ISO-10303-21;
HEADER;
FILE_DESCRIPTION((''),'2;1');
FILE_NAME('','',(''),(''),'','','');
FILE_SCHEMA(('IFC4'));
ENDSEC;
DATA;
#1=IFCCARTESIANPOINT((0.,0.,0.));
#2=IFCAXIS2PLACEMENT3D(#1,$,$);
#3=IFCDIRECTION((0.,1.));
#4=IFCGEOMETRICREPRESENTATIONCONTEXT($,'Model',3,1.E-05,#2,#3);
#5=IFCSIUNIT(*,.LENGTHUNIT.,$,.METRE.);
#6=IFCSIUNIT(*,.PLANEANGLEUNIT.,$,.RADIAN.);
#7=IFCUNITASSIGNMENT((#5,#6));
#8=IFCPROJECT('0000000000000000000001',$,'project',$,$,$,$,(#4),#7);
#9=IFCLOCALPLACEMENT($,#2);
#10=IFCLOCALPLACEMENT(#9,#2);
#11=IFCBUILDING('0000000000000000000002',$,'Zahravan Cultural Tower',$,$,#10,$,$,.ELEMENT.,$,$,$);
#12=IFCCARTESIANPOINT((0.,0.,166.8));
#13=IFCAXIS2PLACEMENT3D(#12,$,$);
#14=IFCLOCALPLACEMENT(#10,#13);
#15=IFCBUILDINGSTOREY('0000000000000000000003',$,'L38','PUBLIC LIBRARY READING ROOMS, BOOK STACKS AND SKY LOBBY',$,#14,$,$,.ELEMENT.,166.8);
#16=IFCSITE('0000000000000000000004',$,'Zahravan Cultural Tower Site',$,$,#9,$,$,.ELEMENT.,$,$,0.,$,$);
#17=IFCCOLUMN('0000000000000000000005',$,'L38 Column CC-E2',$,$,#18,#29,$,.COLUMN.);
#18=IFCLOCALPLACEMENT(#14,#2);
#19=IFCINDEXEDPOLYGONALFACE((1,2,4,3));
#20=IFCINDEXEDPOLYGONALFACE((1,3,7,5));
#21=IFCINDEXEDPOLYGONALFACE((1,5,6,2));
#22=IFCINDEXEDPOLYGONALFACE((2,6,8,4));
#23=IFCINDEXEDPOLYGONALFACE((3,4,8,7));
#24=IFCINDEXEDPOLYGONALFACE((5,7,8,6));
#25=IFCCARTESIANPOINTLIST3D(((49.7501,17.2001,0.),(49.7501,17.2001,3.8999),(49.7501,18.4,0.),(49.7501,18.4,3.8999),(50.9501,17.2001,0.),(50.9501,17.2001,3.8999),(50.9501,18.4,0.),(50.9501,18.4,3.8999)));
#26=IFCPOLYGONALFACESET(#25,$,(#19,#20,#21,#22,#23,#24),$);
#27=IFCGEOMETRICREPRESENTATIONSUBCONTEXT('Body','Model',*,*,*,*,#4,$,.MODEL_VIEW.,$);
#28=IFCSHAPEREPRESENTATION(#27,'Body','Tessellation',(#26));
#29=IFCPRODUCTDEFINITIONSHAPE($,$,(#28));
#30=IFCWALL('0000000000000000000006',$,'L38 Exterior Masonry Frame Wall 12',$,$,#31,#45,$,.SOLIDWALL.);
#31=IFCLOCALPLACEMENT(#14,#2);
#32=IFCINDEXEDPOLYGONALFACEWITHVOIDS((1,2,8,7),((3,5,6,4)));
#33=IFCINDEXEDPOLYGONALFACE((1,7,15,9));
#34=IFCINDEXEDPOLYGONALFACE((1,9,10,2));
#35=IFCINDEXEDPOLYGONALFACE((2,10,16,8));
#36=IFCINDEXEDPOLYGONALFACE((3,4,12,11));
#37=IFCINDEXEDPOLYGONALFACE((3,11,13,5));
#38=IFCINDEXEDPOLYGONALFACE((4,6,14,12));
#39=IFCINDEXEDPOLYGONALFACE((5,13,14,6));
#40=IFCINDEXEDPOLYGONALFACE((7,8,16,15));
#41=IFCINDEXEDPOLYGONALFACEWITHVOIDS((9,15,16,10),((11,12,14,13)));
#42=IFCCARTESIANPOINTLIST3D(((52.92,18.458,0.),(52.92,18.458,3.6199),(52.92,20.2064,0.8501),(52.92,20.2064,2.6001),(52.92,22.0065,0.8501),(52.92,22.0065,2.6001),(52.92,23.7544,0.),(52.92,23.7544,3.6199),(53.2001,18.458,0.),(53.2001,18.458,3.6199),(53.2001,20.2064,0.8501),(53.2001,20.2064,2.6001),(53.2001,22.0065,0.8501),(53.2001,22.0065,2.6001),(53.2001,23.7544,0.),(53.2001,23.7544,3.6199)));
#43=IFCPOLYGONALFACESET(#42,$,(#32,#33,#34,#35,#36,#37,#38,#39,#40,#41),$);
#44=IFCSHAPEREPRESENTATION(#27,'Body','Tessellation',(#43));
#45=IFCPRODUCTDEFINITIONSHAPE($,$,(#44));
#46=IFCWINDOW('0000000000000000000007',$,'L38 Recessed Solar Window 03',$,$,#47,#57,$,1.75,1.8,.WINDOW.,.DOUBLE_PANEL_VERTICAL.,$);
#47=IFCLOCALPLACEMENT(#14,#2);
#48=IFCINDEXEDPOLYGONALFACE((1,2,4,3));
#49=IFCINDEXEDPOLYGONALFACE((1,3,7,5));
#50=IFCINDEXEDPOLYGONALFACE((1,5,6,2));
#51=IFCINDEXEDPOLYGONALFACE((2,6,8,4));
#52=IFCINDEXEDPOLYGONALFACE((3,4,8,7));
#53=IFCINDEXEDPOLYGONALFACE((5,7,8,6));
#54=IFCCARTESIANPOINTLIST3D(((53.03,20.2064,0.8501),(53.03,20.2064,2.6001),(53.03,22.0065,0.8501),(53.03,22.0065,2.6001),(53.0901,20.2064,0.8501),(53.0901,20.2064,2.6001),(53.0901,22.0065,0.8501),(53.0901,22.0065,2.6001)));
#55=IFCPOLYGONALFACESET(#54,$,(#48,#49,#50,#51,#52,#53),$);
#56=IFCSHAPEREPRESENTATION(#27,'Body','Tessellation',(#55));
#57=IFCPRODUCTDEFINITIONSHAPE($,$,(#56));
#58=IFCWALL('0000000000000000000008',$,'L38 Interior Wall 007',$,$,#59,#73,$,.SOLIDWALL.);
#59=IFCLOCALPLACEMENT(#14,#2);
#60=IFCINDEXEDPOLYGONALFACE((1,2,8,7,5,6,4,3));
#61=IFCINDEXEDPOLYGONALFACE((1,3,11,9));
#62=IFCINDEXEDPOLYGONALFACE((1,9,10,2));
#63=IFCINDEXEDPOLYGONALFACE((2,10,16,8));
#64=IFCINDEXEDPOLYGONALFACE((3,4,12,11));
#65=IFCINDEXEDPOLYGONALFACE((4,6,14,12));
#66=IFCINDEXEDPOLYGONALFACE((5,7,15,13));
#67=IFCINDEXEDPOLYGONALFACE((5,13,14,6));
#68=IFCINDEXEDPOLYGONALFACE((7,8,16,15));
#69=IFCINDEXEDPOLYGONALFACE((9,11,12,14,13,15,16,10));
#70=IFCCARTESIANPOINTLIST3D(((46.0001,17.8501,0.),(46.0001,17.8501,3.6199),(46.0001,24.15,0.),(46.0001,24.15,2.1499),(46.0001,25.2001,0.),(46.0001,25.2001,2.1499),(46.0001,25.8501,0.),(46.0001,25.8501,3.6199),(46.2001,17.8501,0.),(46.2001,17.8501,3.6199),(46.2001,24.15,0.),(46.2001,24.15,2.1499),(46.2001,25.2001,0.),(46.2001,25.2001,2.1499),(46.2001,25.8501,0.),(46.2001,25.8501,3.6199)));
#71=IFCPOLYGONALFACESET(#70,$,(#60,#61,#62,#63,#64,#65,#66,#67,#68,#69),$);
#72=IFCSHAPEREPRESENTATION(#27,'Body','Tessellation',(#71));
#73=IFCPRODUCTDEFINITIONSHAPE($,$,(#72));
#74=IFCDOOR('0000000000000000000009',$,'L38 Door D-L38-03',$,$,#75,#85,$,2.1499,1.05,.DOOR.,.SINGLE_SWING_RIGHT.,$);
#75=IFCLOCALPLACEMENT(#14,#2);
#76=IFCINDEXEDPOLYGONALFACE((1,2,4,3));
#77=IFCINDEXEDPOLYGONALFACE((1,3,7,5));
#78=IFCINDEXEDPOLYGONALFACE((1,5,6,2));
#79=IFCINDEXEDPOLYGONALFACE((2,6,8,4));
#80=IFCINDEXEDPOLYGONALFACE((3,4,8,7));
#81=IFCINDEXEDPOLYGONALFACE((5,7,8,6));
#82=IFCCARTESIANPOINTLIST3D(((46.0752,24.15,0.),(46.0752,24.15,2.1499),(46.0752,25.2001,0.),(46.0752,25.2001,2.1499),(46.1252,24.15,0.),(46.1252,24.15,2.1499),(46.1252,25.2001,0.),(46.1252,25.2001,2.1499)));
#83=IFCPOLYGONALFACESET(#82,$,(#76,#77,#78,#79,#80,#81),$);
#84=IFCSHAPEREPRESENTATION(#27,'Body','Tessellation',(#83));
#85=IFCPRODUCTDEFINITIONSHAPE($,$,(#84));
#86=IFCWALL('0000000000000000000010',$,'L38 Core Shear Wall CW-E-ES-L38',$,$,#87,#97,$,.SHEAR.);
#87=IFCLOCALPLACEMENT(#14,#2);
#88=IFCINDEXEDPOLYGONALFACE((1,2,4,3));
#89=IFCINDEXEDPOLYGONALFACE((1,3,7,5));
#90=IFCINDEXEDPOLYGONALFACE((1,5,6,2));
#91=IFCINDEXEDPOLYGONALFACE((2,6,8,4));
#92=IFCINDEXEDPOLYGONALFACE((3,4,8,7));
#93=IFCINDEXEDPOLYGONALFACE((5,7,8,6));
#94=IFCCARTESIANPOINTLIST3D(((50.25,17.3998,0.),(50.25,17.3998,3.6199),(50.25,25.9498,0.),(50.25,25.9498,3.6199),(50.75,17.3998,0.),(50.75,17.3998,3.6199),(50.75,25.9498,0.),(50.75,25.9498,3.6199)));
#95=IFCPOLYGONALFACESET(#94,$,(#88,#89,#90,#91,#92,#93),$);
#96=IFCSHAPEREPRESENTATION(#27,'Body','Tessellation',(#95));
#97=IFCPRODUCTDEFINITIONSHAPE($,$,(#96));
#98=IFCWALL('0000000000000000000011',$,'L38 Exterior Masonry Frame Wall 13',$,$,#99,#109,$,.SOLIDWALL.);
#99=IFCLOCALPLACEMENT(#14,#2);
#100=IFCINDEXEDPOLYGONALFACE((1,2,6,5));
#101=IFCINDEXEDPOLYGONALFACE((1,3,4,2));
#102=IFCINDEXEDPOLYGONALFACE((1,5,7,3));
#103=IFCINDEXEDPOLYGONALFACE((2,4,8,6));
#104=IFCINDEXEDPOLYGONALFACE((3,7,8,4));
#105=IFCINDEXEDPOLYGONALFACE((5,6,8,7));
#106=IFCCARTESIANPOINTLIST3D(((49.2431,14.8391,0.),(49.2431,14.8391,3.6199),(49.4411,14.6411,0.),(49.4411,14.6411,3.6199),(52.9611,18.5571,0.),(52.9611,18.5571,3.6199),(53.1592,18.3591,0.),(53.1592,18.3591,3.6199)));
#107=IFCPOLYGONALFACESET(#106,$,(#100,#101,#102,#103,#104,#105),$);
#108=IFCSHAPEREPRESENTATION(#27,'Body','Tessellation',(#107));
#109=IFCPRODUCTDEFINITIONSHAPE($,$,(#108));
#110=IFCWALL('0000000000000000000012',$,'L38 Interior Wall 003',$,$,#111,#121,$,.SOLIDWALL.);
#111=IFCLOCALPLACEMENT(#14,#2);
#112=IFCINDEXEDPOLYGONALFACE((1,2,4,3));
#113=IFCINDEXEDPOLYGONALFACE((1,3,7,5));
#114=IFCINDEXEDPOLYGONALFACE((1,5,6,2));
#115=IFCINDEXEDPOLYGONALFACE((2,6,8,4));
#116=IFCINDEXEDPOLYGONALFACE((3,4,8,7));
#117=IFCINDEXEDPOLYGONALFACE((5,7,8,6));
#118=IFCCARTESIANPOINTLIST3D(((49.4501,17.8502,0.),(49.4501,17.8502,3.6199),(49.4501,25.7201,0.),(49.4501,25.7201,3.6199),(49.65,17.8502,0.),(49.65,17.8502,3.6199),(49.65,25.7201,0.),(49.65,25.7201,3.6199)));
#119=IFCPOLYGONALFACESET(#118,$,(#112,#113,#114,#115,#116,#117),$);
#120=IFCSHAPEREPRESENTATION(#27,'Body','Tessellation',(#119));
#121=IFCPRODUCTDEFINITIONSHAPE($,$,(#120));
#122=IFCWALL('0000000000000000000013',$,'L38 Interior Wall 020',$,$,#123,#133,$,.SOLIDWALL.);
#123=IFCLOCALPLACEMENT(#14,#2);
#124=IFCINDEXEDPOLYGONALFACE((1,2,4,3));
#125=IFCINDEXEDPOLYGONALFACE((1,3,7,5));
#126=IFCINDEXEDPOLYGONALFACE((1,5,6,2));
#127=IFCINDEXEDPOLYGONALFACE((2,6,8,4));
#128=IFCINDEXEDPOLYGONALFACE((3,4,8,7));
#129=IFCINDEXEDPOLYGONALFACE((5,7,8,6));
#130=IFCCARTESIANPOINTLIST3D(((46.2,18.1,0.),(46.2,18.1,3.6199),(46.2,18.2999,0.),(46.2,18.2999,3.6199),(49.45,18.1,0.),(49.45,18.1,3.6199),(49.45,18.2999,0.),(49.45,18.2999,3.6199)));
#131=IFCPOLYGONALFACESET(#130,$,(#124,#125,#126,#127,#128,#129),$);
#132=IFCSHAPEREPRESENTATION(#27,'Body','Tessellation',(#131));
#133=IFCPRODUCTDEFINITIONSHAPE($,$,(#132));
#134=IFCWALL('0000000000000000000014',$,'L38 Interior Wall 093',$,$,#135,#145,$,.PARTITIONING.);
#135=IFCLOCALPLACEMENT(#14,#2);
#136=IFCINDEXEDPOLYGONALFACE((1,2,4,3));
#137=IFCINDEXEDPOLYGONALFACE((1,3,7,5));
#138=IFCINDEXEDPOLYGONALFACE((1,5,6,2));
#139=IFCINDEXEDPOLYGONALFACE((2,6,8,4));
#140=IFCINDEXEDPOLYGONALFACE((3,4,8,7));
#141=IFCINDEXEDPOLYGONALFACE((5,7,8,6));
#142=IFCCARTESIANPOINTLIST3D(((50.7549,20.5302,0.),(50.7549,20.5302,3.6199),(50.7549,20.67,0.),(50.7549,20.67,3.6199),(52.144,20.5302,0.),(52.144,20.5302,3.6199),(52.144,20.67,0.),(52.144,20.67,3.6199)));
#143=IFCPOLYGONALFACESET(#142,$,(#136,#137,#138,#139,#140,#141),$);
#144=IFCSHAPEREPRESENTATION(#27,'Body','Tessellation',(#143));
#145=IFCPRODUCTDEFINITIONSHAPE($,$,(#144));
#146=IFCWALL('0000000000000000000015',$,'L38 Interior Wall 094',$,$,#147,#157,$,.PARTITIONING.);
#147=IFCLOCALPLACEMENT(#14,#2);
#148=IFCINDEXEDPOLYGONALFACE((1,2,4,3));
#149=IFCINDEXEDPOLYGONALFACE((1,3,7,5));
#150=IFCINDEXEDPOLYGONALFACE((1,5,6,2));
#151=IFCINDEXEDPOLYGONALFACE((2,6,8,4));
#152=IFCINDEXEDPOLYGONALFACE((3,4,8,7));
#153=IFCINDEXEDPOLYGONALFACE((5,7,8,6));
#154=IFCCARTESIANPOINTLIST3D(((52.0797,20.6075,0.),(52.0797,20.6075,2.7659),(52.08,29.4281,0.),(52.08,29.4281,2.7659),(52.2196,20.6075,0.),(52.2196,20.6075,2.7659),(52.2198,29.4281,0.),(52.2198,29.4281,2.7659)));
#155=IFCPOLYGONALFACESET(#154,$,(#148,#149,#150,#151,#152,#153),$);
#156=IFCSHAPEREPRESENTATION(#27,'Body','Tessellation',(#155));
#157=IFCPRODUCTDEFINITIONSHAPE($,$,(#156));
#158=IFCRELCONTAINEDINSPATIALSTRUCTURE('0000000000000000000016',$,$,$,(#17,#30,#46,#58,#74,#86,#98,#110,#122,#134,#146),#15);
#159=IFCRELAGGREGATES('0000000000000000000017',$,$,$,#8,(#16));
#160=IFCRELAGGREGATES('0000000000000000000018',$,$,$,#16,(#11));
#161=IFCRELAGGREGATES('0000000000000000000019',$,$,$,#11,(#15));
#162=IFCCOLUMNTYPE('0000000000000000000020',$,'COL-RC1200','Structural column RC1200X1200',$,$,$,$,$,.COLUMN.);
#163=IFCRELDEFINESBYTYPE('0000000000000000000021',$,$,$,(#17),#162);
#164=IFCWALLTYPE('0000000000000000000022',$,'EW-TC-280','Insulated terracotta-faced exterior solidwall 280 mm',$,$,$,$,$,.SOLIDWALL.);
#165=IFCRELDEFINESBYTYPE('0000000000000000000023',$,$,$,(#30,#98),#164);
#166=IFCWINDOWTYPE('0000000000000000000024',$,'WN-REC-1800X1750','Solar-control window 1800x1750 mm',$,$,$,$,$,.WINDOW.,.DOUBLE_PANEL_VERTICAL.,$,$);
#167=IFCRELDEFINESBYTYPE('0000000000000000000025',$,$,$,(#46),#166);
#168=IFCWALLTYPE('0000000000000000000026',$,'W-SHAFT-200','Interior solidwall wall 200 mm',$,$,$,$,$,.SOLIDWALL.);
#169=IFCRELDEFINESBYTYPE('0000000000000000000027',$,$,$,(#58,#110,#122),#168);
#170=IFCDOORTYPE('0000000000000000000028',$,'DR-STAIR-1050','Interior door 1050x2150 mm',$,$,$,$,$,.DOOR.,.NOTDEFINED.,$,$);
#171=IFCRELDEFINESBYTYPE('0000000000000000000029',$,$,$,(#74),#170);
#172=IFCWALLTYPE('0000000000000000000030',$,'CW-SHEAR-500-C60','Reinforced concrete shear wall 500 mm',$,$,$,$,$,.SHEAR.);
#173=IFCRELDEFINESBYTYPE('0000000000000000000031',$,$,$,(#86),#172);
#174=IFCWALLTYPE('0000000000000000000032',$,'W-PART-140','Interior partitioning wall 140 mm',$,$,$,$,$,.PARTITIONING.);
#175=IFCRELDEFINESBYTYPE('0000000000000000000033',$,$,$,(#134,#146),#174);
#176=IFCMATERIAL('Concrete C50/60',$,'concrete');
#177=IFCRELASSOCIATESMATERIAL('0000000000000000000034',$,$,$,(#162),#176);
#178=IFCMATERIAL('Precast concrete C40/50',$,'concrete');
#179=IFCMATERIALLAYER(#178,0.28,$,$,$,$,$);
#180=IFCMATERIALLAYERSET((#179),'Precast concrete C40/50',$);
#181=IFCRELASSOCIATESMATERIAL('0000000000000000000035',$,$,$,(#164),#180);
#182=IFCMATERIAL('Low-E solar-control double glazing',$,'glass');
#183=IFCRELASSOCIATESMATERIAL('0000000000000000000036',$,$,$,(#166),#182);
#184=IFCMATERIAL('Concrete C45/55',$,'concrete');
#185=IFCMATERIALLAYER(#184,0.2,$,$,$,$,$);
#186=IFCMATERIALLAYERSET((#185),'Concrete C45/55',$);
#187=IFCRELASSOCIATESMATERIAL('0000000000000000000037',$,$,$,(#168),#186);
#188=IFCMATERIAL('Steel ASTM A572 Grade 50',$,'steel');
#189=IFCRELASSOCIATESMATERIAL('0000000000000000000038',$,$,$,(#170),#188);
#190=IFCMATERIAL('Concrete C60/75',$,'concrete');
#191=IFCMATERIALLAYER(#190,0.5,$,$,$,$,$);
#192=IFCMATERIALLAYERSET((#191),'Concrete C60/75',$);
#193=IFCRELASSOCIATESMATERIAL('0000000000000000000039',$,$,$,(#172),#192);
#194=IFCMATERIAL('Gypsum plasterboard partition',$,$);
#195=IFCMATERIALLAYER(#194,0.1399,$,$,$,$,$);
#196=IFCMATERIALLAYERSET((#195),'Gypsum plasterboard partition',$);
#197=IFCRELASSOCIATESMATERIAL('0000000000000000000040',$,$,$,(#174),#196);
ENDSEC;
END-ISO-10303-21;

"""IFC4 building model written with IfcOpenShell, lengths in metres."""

from ifc_helpers import new_model, si_unit, direction, frame, frame_2d, origin, origin_2d, place, context, subcontext, project, spatial, rectangle, extrude, source, transform, mapped, material, layer, layer_set, material_profile, profile_set, type_object, element, fill, save


model = new_model("IFC4")

# Units and contexts
model_context = context("Model", 3, precision=1e-05, world=origin(), true_north=direction((0.0, 1.0)))
body_context = subcontext(model_context, "Body", "Model", "MODEL_VIEW")
ifc_project = project(units=[si_unit("LENGTHUNIT", "METRE"), si_unit("PLANEANGLEUNIT", "RADIAN")], contexts=[model_context])

# Site, building, storey
site_placement = place(None, origin())
site = spatial("IfcSite", under=ifc_project, at=site_placement, Name="Zahravan Cultural Tower Site", CompositionType="ELEMENT", RefElevation=0.0)
building_placement = place(site_placement, origin())
building = spatial("IfcBuilding", under=site, at=building_placement, Name="Zahravan Cultural Tower", CompositionType="ELEMENT")
storey_placement = place(building_placement, frame((0.0, 0.0, 166.8)))
storey = spatial("IfcBuildingStorey", under=building, at=storey_placement, Name="L38", Description="PUBLIC LIBRARY READING ROOMS, BOOK STACKS AND SKY LOBBY", CompositionType="ELEMENT", Elevation=166.8)

# Column
ifc_material_1 = material(Name="Concrete C50/60", Category="concrete")
ifc_material_profile = material_profile(ifc_material_1, rectangle(XDim=1.2, YDim=1.2, at=origin_2d()), Name="RC1200X1200")
ifc_profile_set = profile_set([ifc_material_profile], Name="Concrete C50/60")
column_type = type_object("IfcColumnType", Name="COL-RC1200", Description="Structural column RC1200X1200", PredefinedType="COLUMN", material=ifc_profile_set)
shared_shape_1 = source(origin(), body_context, "Body", "SweptSolid", [
    extrude(rectangle(XDim=1.2, YDim=1.2, at=origin_2d()), origin(), (0.0, 0.0, 1.0), 3.8999),
])
column_placement = place(storey_placement, frame((50.3501, 17.8, 0.0), z_axis=(0.0, 0.0, 1.0), x_axis=(1.0, 0.0, 0.0)))
element("IfcColumn", 1, at=column_placement, inside=storey, type_object=column_type, Name="L38 Column CC-E2", PredefinedType="COLUMN", context=body_context, shape_type="MappedRepresentation", body=[
    mapped(shared_shape_1, transform((0.0, 0.0, 0.0), x_axis=(1.0, 0.0, 0.0), y_axis=(0.0, 1.0, 0.0), z_axis=(0.0, 0.0, 1.0), scale=1.0)),
])

# Wall, opening, window
ifc_material_2 = material(Name="Precast concrete C40/50", Category="concrete")
ifc_layer_1 = layer(ifc_material_2, 0.28)
ifc_layer_set_1 = layer_set([ifc_layer_1], Name="Precast concrete C40/50")
wall_type_1 = type_object("IfcWallType", Name="EW-TC-280", Description="Insulated terracotta-faced exterior solidwall 280 mm", PredefinedType="SOLIDWALL", material=ifc_layer_set_1)
wall_1_placement = place(storey_placement, frame((53.0601, 23.7544, 0.0), z_axis=(0.0, 0.0, 1.0), x_axis=(0.0, -1.0, 0.0)))
wall_1 = element("IfcWall", 2, at=wall_1_placement, inside=storey, type_object=wall_type_1, Name="L38 Exterior Masonry Frame Wall 12", PredefinedType="SOLIDWALL", context=body_context, shape_type="SweptSolid", body=[
    extrude(rectangle(XDim=5.2964, YDim=0.28, at=frame_2d((2.6482, 0.0))), origin(), (0.0, 0.0, 1.0), 3.6199),
])
opening_1_placement = place(wall_1_placement, frame((1.748, 0.0, 0.8501)))
opening_1 = element("IfcOpeningElement", 3, at=opening_1_placement, cuts=wall_1, PredefinedType="OPENING", context=body_context, shape_type="SweptSolid", body=[
    extrude(rectangle(XDim=1.8, YDim=1.75, at=frame_2d((0.8999, 0.875))), frame((0.0, 0.1499, 0.0), z_axis=(0.0, -1.0, 0.0), x_axis=(1.0, 0.0, 0.0)), (0.0, 0.0, 1.0), 0.3),
])
ifc_material_3 = material(Name="Low-E solar-control double glazing", Category="glass")
window_type = type_object("IfcWindowType", Name="WN-REC-1800X1750", Description="Solar-control window 1800x1750 mm", PartitioningType="DOUBLE_PANEL_VERTICAL", PredefinedType="WINDOW", material=ifc_material_3)
shared_shape_2 = source(origin(), body_context, "Body", "SweptSolid", [
    extrude(rectangle(XDim=1.8, YDim=1.75, at=frame_2d((0.8999, 0.875))), frame((0.0, 0.03, 0.0), z_axis=(0.0, -1.0, 0.0), x_axis=(1.0, 0.0, 0.0)), (0.0, 0.0, 1.0), 0.0601),
])
window_placement = place(opening_1_placement, origin())
window = element("IfcWindow", 4, at=window_placement, inside=storey, type_object=window_type, Name="L38 Recessed Solar Window 03", OverallHeight=1.75, OverallWidth=1.8, PartitioningType="DOUBLE_PANEL_VERTICAL", PredefinedType="WINDOW", context=body_context, shape_type="MappedRepresentation", body=[
    mapped(shared_shape_2, transform((0.0, 0.0, 0.0), x_axis=(1.0, 0.0, 0.0), y_axis=(0.0, 1.0, 0.0), z_axis=(0.0, 0.0, 1.0), scale=1.0)),
])
fill(opening_1, window)

# Wall, opening, door
ifc_material_4 = material(Name="Concrete C45/55", Category="concrete")
ifc_layer_2 = layer(ifc_material_4, 0.2)
ifc_layer_set_2 = layer_set([ifc_layer_2], Name="Concrete C45/55")
wall_type_2 = type_object("IfcWallType", Name="W-SHAFT-200", Description="Interior solidwall wall 200 mm", PredefinedType="SOLIDWALL", material=ifc_layer_set_2)
wall_2_placement = place(storey_placement, frame((46.1001, 17.8501, 0.0), z_axis=(0.0, 0.0, 1.0), x_axis=(0.0, 1.0, 0.0)))
wall_2 = element("IfcWall", 5, at=wall_2_placement, inside=storey, type_object=wall_type_2, Name="L38 Interior Wall 007", PredefinedType="SOLIDWALL", context=body_context, shape_type="SweptSolid", body=[
    extrude(rectangle(XDim=8.0, YDim=0.2, at=frame_2d((4.0, 0.0))), origin(), (0.0, 0.0, 1.0), 3.6199),
])
opening_2_placement = place(wall_2_placement, frame((6.3, 0.0, 0.0)))
opening_2 = element("IfcOpeningElement", 6, at=opening_2_placement, cuts=wall_2, PredefinedType="OPENING", context=body_context, shape_type="SweptSolid", body=[
    extrude(rectangle(XDim=1.05, YDim=2.1499, at=frame_2d((0.5249, 1.075))), frame((0.0, 0.1099, 0.0), z_axis=(0.0, -1.0, 0.0), x_axis=(1.0, 0.0, 0.0)), (0.0, 0.0, 1.0), 0.22),
])
ifc_material_5 = material(Name="Steel ASTM A572 Grade 50", Category="steel")
door_type = type_object("IfcDoorType", Name="DR-STAIR-1050", Description="Interior door 1050x2150 mm", OperationType="NOTDEFINED", PredefinedType="DOOR", material=ifc_material_5)
shared_shape_3 = source(origin(), body_context, "Body", "SweptSolid", [
    extrude(rectangle(XDim=1.05, YDim=2.1499, at=frame_2d((0.5249, 1.075))), frame((0.0, 0.0249, 0.0), z_axis=(0.0, -1.0, 0.0), x_axis=(1.0, 0.0, 0.0)), (0.0, 0.0, 1.0), 0.05),
])
door_placement = place(opening_2_placement, origin())
door = element("IfcDoor", 7, at=door_placement, inside=storey, type_object=door_type, Name="L38 Door D-L38-03", OperationType="SINGLE_SWING_RIGHT", OverallHeight=2.1499, OverallWidth=1.05, PredefinedType="DOOR", context=body_context, shape_type="MappedRepresentation", body=[
    mapped(shared_shape_3, transform((0.0, 0.0, 0.0), x_axis=(1.0, 0.0, 0.0), y_axis=(0.0, 1.0, 0.0), z_axis=(0.0, 0.0, 1.0), scale=1.0)),
])
fill(opening_2, door)

# Walls
ifc_material_6 = material(Name="Concrete C60/75", Category="concrete")
ifc_layer_3 = layer(ifc_material_6, 0.5)
ifc_layer_set_3 = layer_set([ifc_layer_3], Name="Concrete C60/75")
wall_type_3 = type_object("IfcWallType", Name="CW-SHEAR-500-C60", Description="Reinforced concrete shear wall 500 mm", PredefinedType="SHEAR", material=ifc_layer_set_3)
shared_shape_4 = source(origin(), body_context, "Body", "SweptSolid", [
    extrude(rectangle(XDim=8.55, YDim=0.5, at=frame_2d((4.2749, 0.0))), origin(), (0.0, 0.0, 1.0), 3.6199),
])
wall_3_placement = place(storey_placement, frame((50.5, 17.3999, 0.0), z_axis=(0.0, 0.0, 1.0), x_axis=(0.0, 1.0, 0.0)))
element("IfcWall", 8, at=wall_3_placement, inside=storey, type_object=wall_type_3, Name="L38 Core Shear Wall CW-E-ES-L38", PredefinedType="SHEAR", context=body_context, shape_type="MappedRepresentation", body=[
    mapped(shared_shape_4, transform((0.0, 0.0, 0.0), x_axis=(1.0, 0.0, 0.0), y_axis=(0.0, 1.0, 0.0), z_axis=(0.0, 0.0, 1.0), scale=1.0)),
])
shared_shape_5 = source(origin(), body_context, "Body", "SweptSolid", [
    extrude(rectangle(XDim=5.2581, YDim=0.28, at=frame_2d((2.6289, 0.0))), origin(), (0.0, 0.0, 1.0), 3.6199),
])
wall_4_placement = place(storey_placement, frame((53.0601, 18.458, 0.0), z_axis=(0.0, 0.0, 1.0), x_axis=(-0.707107, -0.707107, 0.0)))
element("IfcWall", 9, at=wall_4_placement, inside=storey, type_object=wall_type_1, Name="L38 Exterior Masonry Frame Wall 13", PredefinedType="SOLIDWALL", context=body_context, shape_type="MappedRepresentation", body=[
    mapped(shared_shape_5, transform((0.0, 0.0, 0.0), x_axis=(1.0, 0.0, 0.0), y_axis=(0.0, 1.0, 0.0), z_axis=(0.0, 0.0, 1.0), scale=1.0)),
])
shared_shape_6 = source(origin(), body_context, "Body", "SweptSolid", [
    extrude(rectangle(XDim=7.8699, YDim=0.2, at=frame_2d((3.9351, 0.0))), origin(), (0.0, 0.0, 1.0), 3.6199),
])
wall_5_placement = place(storey_placement, frame((49.55, 17.8501, 0.0), z_axis=(0.0, 0.0, 1.0), x_axis=(0.0, 1.0, 0.0)))
element("IfcWall", 10, at=wall_5_placement, inside=storey, type_object=wall_type_2, Name="L38 Interior Wall 003", PredefinedType="SOLIDWALL", context=body_context, shape_type="MappedRepresentation", body=[
    mapped(shared_shape_6, transform((0.0, 0.0, 0.0), x_axis=(1.0, 0.0, 0.0), y_axis=(0.0, 1.0, 0.0), z_axis=(0.0, 0.0, 1.0), scale=1.0)),
])
shared_shape_7 = source(origin(), body_context, "Body", "SweptSolid", [
    extrude(rectangle(XDim=3.25, YDim=0.2, at=frame_2d((1.625, 0.0))), origin(), (0.0, 0.0, 1.0), 3.6199),
])
wall_6_placement = place(storey_placement, frame((46.2, 18.2, 0.0), z_axis=(0.0, 0.0, 1.0), x_axis=(1.0, 0.0, 0.0)))
element("IfcWall", 11, at=wall_6_placement, inside=storey, type_object=wall_type_2, Name="L38 Interior Wall 020", PredefinedType="SOLIDWALL", context=body_context, shape_type="MappedRepresentation", body=[
    mapped(shared_shape_7, transform((0.0, 0.0, 0.0), x_axis=(1.0, 0.0, 0.0), y_axis=(0.0, 1.0, 0.0), z_axis=(0.0, 0.0, 1.0), scale=1.0)),
])
ifc_material_7 = material(Name="Gypsum plasterboard partition")
ifc_layer_4 = layer(ifc_material_7, 0.1399)
ifc_layer_set_4 = layer_set([ifc_layer_4], Name="Gypsum plasterboard partition")
wall_type_4 = type_object("IfcWallType", Name="W-PART-140", Description="Interior partitioning wall 140 mm", PredefinedType="PARTITIONING", material=ifc_layer_set_4)
shared_shape_8 = source(origin(), body_context, "Body", "SweptSolid", [
    extrude(rectangle(XDim=1.3892, YDim=0.1399, at=frame_2d((0.6946, 0.0))), origin(), (0.0, 0.0, 1.0), 3.6199),
])
wall_7_placement = place(storey_placement, frame((50.7549, 20.6001, 0.0), z_axis=(0.0, 0.0, 1.0), x_axis=(1.0, 0.0, 0.0)))
element("IfcWall", 12, at=wall_7_placement, inside=storey, type_object=wall_type_4, Name="L38 Interior Wall 093", PredefinedType="PARTITIONING", context=body_context, shape_type="MappedRepresentation", body=[
    mapped(shared_shape_8, transform((0.0, 0.0, 0.0), x_axis=(1.0, 0.0, 0.0), y_axis=(0.0, 1.0, 0.0), z_axis=(0.0, 0.0, 1.0), scale=1.0)),
])
shared_shape_9 = source(origin(), body_context, "Body", "SweptSolid", [
    extrude(rectangle(XDim=8.8206, YDim=0.1399, at=frame_2d((4.4102, 0.0))), origin(), (0.0, 0.0, 1.0), 2.7659),
])
wall_8_placement = place(storey_placement, frame((52.1497, 20.6077, 0.0), z_axis=(0.0, 0.0, 1.0), x_axis=(0.000028, 1.0, 0.0)))
element("IfcWall", 13, at=wall_8_placement, inside=storey, type_object=wall_type_4, Name="L38 Interior Wall 094", PredefinedType="PARTITIONING", context=body_context, shape_type="MappedRepresentation", body=[
    mapped(shared_shape_9, transform((0.0, 0.0, 0.0), x_axis=(1.0, 0.0, 0.0), y_axis=(0.0, 1.0, 0.0), z_axis=(0.0, 0.0, 1.0), scale=1.0)),
])

save(model, "model.ifc")
